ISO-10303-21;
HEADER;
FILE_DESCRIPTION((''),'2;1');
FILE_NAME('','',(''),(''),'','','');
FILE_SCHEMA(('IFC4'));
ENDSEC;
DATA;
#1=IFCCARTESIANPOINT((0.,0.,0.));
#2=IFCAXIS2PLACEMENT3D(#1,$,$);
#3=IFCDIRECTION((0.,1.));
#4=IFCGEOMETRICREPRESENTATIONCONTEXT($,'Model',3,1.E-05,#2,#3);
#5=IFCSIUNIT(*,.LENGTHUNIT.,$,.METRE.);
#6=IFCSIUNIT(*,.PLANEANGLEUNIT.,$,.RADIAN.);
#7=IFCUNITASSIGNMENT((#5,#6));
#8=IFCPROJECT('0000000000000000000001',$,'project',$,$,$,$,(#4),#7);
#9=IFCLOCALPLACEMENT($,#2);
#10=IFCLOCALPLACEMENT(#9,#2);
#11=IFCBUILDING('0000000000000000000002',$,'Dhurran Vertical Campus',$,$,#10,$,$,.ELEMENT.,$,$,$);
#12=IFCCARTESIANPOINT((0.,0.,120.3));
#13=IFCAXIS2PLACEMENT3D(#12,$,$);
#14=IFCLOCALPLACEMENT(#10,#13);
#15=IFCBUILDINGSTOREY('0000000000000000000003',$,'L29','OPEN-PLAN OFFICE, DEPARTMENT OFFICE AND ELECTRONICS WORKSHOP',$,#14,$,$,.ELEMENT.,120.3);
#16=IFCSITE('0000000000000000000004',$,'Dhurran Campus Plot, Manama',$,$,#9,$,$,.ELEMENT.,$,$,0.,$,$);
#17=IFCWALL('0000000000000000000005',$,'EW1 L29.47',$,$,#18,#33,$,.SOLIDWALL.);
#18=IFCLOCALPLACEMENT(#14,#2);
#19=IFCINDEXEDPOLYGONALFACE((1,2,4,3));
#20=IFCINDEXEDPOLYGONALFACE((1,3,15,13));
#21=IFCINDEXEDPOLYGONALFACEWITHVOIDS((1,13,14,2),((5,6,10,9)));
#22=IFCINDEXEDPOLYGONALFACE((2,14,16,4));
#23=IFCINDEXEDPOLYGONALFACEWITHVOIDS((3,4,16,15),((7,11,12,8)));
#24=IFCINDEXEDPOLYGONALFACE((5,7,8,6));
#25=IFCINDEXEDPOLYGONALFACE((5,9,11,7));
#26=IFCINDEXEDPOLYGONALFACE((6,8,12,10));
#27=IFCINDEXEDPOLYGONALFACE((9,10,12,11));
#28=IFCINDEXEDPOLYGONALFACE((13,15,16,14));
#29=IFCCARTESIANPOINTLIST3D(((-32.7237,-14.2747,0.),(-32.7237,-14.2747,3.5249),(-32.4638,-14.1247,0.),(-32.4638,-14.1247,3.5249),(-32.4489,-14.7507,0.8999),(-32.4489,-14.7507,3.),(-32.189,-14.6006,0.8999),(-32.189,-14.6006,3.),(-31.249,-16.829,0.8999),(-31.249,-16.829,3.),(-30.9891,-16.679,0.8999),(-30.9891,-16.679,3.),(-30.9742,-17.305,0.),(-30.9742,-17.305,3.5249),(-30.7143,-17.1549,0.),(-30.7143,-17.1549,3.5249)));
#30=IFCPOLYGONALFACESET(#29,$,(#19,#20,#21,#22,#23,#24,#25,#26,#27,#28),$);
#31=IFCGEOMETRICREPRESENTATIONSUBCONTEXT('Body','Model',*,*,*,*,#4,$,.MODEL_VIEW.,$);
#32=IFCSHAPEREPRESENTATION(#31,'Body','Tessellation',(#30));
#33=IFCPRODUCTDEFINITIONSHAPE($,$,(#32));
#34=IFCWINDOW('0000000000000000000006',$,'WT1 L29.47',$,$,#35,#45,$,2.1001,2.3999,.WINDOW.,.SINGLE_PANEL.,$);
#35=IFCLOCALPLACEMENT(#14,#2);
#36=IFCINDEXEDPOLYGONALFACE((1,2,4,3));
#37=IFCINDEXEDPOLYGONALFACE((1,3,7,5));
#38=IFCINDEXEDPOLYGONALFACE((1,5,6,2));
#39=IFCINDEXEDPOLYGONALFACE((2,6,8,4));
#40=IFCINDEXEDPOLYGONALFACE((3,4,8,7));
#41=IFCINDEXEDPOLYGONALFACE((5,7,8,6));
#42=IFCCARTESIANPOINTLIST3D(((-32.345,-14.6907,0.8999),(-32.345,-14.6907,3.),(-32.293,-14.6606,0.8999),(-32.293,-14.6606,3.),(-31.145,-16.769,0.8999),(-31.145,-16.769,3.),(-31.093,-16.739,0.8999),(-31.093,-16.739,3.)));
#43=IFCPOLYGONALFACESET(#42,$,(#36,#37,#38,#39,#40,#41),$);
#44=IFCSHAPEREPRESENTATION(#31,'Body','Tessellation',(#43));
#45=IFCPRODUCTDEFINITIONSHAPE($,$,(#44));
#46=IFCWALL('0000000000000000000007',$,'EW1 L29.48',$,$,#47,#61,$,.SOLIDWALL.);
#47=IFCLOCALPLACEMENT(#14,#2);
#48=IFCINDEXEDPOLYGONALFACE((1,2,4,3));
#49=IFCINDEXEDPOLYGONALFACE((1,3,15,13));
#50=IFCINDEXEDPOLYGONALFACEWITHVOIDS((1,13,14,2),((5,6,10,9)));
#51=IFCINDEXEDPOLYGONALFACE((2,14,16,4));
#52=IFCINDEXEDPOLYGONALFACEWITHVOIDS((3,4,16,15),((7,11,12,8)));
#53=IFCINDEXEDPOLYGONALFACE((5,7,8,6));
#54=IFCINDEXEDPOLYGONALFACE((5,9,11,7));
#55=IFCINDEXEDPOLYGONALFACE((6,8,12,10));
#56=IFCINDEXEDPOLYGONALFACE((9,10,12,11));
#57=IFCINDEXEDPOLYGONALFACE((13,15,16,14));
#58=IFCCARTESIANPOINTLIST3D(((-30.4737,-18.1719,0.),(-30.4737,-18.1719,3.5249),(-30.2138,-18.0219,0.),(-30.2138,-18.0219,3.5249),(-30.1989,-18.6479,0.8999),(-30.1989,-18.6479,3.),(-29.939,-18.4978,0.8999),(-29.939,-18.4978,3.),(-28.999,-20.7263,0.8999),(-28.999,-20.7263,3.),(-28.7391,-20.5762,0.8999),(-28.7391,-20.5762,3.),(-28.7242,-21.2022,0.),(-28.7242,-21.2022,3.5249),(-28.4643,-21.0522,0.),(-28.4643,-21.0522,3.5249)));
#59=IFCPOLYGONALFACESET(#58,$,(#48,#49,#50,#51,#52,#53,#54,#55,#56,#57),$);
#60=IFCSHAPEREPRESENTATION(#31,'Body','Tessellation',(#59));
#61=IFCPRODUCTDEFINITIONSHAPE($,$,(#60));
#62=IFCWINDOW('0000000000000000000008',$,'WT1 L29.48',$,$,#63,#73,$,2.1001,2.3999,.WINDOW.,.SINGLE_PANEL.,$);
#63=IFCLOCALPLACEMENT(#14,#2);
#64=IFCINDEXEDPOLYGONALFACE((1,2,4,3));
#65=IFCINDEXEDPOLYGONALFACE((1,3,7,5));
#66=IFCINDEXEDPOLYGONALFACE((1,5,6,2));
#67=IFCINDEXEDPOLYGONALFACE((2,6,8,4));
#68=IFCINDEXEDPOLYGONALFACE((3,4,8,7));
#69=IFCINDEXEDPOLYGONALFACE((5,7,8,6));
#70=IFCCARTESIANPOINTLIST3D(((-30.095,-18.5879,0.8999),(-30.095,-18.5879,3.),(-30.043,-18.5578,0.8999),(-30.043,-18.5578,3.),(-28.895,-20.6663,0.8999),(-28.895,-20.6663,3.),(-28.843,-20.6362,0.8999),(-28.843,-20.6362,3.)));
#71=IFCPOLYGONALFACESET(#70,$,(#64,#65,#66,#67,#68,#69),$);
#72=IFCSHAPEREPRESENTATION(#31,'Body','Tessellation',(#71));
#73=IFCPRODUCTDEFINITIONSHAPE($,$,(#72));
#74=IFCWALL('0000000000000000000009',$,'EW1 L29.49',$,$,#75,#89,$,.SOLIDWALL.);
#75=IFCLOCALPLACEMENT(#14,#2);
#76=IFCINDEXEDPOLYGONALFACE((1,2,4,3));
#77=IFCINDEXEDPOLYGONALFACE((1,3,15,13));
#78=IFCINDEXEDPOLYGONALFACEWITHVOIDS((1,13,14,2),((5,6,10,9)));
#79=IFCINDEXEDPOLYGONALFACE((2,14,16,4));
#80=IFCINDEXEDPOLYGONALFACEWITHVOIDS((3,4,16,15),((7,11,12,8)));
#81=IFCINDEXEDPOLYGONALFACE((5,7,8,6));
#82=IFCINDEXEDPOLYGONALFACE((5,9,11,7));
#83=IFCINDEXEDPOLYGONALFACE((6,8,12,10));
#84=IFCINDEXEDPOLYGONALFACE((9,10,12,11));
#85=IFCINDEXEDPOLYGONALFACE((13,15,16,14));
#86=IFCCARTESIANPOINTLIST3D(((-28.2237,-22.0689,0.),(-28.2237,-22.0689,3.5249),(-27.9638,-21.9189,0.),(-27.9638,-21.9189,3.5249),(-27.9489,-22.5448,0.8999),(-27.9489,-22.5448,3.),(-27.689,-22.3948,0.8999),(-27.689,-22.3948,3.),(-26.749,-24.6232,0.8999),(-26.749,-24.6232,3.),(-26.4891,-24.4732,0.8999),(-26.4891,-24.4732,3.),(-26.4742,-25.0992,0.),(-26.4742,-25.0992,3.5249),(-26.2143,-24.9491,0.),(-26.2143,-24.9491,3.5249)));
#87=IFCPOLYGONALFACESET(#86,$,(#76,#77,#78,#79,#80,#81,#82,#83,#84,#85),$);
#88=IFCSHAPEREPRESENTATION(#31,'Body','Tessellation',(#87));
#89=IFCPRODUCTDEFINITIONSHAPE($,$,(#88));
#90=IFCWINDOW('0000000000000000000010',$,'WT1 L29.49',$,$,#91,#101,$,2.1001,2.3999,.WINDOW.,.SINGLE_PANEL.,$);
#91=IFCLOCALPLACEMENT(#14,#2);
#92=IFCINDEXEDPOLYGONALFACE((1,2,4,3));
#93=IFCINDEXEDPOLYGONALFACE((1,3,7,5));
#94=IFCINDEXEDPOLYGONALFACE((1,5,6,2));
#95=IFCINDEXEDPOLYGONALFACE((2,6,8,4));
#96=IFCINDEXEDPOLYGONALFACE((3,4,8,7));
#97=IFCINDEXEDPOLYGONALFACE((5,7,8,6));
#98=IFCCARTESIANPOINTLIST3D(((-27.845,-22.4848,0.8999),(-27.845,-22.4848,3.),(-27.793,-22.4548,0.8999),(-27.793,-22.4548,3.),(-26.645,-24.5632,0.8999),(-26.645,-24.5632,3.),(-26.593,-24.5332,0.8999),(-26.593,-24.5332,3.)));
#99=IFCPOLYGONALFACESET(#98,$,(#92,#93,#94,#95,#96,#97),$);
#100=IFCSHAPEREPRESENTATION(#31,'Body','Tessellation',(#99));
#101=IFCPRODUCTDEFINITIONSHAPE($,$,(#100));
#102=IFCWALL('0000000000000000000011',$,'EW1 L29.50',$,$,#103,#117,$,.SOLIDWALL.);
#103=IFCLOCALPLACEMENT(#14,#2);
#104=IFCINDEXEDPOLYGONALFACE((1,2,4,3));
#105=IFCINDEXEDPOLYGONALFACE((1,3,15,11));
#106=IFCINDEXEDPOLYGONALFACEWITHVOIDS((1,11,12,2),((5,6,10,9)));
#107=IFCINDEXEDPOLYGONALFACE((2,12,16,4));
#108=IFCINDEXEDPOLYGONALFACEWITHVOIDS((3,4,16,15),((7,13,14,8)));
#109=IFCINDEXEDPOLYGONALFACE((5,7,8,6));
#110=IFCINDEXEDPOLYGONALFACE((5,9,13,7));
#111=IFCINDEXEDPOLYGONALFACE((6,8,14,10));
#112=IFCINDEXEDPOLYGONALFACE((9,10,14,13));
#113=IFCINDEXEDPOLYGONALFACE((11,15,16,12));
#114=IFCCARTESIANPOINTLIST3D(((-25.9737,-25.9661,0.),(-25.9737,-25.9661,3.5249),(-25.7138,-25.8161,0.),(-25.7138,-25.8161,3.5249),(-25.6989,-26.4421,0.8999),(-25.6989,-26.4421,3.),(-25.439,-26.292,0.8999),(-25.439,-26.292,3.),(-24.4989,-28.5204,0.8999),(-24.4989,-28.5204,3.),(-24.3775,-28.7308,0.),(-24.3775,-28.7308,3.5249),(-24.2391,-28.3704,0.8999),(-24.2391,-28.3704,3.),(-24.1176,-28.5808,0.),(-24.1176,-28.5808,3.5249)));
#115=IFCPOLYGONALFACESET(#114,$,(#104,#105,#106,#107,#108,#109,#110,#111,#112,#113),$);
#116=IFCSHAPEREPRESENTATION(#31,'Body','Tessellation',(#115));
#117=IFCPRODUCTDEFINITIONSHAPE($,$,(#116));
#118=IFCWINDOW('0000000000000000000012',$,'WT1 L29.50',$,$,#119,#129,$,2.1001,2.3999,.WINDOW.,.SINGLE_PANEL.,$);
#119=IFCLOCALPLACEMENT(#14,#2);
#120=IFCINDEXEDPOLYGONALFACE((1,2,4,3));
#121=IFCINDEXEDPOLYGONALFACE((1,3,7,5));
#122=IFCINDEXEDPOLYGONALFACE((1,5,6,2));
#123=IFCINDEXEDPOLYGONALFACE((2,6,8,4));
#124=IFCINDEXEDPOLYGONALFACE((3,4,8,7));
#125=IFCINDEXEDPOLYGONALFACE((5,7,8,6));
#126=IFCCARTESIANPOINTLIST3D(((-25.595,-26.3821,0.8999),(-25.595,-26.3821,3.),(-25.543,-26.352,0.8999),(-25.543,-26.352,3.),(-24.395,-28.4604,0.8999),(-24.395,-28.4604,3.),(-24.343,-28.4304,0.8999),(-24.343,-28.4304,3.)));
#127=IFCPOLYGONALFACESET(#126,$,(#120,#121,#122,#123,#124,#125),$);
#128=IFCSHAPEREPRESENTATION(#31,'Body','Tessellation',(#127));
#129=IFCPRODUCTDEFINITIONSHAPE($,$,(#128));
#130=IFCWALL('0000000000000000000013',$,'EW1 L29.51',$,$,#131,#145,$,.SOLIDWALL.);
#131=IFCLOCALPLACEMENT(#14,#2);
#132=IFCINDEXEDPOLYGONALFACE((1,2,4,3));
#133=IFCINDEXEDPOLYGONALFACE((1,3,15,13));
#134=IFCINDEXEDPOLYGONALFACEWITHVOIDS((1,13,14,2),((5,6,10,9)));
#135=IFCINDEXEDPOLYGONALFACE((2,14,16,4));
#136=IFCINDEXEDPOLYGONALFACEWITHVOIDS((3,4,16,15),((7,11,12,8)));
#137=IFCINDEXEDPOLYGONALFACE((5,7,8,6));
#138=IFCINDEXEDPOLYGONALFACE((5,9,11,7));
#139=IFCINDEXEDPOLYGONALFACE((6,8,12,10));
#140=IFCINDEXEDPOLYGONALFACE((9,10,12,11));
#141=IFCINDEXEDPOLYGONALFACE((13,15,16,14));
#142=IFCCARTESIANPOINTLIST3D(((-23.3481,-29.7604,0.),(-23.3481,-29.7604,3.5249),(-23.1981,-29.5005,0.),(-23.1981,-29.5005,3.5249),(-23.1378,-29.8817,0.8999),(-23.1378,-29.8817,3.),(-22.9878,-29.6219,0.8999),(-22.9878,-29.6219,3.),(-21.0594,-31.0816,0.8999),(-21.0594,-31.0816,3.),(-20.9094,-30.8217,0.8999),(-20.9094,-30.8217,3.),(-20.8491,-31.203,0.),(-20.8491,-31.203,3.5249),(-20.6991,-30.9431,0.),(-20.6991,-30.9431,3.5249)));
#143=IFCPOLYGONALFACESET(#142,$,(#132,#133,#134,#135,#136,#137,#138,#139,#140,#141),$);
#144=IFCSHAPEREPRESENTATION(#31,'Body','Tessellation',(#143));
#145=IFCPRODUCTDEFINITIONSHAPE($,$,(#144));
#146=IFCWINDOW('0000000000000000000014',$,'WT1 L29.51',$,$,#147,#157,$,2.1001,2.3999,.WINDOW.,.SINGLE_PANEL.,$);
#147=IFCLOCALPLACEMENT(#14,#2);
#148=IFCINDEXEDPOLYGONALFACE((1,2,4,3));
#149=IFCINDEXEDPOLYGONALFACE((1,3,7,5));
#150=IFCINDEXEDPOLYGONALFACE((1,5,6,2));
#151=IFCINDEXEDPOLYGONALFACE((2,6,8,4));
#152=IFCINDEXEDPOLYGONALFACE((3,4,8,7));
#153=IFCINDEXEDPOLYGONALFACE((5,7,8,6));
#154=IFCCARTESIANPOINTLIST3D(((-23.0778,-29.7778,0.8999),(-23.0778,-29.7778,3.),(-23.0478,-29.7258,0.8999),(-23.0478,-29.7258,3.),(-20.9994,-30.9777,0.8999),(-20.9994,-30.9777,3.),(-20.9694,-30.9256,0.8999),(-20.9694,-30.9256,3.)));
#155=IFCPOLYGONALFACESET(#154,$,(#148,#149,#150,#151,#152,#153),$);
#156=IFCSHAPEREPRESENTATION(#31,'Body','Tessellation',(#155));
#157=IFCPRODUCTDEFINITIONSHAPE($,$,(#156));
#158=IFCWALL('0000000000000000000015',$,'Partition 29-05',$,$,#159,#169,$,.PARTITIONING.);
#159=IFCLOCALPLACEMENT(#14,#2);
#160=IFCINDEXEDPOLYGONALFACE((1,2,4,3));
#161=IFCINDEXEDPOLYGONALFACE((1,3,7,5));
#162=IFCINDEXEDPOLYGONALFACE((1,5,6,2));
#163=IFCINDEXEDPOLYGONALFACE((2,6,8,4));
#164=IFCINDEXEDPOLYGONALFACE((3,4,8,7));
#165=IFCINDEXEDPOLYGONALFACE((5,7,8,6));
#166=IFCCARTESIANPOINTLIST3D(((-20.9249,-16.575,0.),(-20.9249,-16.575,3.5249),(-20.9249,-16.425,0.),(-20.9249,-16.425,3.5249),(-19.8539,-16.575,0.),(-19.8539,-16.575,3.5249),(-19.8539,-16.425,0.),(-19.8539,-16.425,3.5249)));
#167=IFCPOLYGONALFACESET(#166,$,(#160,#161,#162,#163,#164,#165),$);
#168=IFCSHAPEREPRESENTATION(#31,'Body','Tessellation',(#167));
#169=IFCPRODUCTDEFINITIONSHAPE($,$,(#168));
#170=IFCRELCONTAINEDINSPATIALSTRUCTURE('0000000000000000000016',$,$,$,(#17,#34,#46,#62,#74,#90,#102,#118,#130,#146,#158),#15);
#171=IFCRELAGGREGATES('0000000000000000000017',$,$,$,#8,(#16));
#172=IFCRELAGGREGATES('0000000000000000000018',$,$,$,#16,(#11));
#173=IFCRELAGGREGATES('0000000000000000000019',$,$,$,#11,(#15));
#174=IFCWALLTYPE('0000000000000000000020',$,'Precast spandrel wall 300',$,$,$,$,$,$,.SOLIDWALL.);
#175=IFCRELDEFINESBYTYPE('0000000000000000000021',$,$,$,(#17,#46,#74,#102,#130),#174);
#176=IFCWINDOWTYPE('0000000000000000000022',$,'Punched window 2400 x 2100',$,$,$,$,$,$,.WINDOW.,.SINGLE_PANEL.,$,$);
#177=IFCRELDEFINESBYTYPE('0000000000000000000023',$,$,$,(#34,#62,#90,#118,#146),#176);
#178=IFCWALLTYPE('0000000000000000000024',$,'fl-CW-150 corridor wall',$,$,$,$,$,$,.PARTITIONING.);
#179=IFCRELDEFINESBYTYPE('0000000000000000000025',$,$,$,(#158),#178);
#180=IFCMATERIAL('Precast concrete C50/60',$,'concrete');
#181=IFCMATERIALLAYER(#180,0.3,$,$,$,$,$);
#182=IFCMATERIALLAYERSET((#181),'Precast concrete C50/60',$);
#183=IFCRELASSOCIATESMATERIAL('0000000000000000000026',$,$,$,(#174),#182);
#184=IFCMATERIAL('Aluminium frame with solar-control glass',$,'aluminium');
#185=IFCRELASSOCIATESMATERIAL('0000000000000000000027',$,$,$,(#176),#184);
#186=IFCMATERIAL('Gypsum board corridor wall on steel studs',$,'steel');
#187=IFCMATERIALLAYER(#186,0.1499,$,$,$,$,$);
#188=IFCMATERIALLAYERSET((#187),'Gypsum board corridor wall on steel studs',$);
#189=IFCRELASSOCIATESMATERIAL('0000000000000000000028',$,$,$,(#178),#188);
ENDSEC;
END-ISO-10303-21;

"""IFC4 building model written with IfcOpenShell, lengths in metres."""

from ifc_helpers import new_model, si_unit, direction, frame, frame_2d, origin, place, context, subcontext, project, spatial, rectangle, extrude, material, layer, layer_set, type_object, element, fill, save


model = new_model("IFC4")

# Units and contexts
model_context = context("Model", 3, precision=1e-05, world=origin(), true_north=direction((0.0, 1.0)))
body_context = subcontext(model_context, "Body", "Model", "MODEL_VIEW")
ifc_project = project(units=[si_unit("LENGTHUNIT", "METRE"), si_unit("PLANEANGLEUNIT", "RADIAN")], contexts=[model_context])

# Site, building, storey
site_placement = place(None, origin())
site = spatial("IfcSite", under=ifc_project, at=site_placement, Name="Dhurran Campus Plot, Manama", CompositionType="ELEMENT", RefElevation=0.0)
building_placement = place(site_placement, origin())
building = spatial("IfcBuilding", under=site, at=building_placement, Name="Dhurran Vertical Campus", CompositionType="ELEMENT")
storey_placement = place(building_placement, frame((0.0, 0.0, 120.3)))
storey = spatial("IfcBuildingStorey", under=building, at=storey_placement, Name="L29", Description="OPEN-PLAN OFFICE, DEPARTMENT OFFICE AND ELECTRONICS WORKSHOP", CompositionType="ELEMENT", Elevation=120.3)

# Walls, openings, windows
ifc_material_1 = material(Name="Precast concrete C50/60", Category="concrete")
ifc_layer_1 = layer(ifc_material_1, 0.3)
ifc_layer_set_1 = layer_set([ifc_layer_1], Name="Precast concrete C50/60")
wall_type_1 = type_object("IfcWallType", Name="Precast spandrel wall 300", PredefinedType="SOLIDWALL", material=ifc_layer_set_1)
ifc_material_2 = material(Name="Aluminium frame with solar-control glass", Category="aluminium")
window_type = type_object("IfcWindowType", Name="Punched window 2400 x 2100", PartitioningType="SINGLE_PANEL", PredefinedType="WINDOW", material=ifc_material_2)
wall_1_placement = place(storey_placement, frame((-32.5938, -14.1997, 0.0), z_axis=(0.0, 0.0, 1.0), x_axis=(0.499996, -0.866028, 0.0)))
wall_1 = element("IfcWall", 1, at=wall_1_placement, inside=storey, type_object=wall_type_1, Name="EW1 L29.47", PredefinedType="SOLIDWALL", context=body_context, shape_type="SweptSolid", body=[
    extrude(rectangle(XDim=3.499, YDim=0.3, at=frame_2d((1.7495, 0.0))), origin(), (0.0, 0.0, 1.0), 3.5249),
])
opening_1_placement = place(wall_1_placement, frame((0.5496, 0.0, 0.8999)))
opening_1 = element("IfcOpeningElement", 2, at=opening_1_placement, cuts=wall_1, PredefinedType="OPENING", context=body_context, shape_type="SweptSolid", body=[
    extrude(rectangle(XDim=2.3999, YDim=2.1001, at=frame_2d((1.2, 1.05))), frame((0.0, 0.1599, 0.0), z_axis=(0.0, -1.0, 0.0), x_axis=(1.0, 0.0, 0.0)), (0.0, 0.0, 1.0), 0.3201),
])
window_1_placement = place(opening_1_placement, origin())
window_1 = element("IfcWindow", 3, at=window_1_placement, inside=storey, type_object=window_type, Name="WT1 L29.47", OverallHeight=2.1001, OverallWidth=2.3999, PartitioningType="SINGLE_PANEL", PredefinedType="WINDOW", context=body_context, shape_type="SweptSolid", body=[
    extrude(rectangle(XDim=2.3999, YDim=2.1001, at=frame_2d((1.2, 1.05))), frame((0.0, 0.03, 0.0), z_axis=(0.0, -1.0, 0.0), x_axis=(1.0, 0.0, 0.0)), (0.0, 0.0, 1.0), 0.0601),
])
fill(opening_1, window_1)
wall_2_placement = place(storey_placement, frame((-30.3438, -18.0969, 0.0), z_axis=(0.0, 0.0, 1.0), x_axis=(0.499996, -0.866028, 0.0)))
wall_2 = element("IfcWall", 4, at=wall_2_placement, inside=storey, type_object=wall_type_1, Name="EW1 L29.48", PredefinedType="SOLIDWALL", context=body_context, shape_type="SweptSolid", body=[
    extrude(rectangle(XDim=3.499, YDim=0.3, at=frame_2d((1.7495, 0.0))), origin(), (0.0, 0.0, 1.0), 3.5249),
])
opening_2_placement = place(wall_2_placement, frame((0.5496, 0.0, 0.8999)))
opening_2 = element("IfcOpeningElement", 5, at=opening_2_placement, cuts=wall_2, PredefinedType="OPENING", context=body_context, shape_type="SweptSolid", body=[
    extrude(rectangle(XDim=2.3999, YDim=2.1001, at=frame_2d((1.2, 1.05))), frame((0.0, 0.1599, 0.0), z_axis=(0.0, -1.0, 0.0), x_axis=(1.0, 0.0, 0.0)), (0.0, 0.0, 1.0), 0.3201),
])
window_2_placement = place(opening_2_placement, origin())
window_2 = element("IfcWindow", 6, at=window_2_placement, inside=storey, type_object=window_type, Name="WT1 L29.48", OverallHeight=2.1001, OverallWidth=2.3999, PartitioningType="SINGLE_PANEL", PredefinedType="WINDOW", context=body_context, shape_type="SweptSolid", body=[
    extrude(rectangle(XDim=2.3999, YDim=2.1001, at=frame_2d((1.2, 1.05))), frame((0.0, 0.03, 0.0), z_axis=(0.0, -1.0, 0.0), x_axis=(1.0, 0.0, 0.0)), (0.0, 0.0, 1.0), 0.0601),
])
fill(opening_2, window_2)
wall_3_placement = place(storey_placement, frame((-28.0938, -21.9939, 0.0), z_axis=(0.0, 0.0, 1.0), x_axis=(0.499996, -0.866028, 0.0)))
wall_3 = element("IfcWall", 7, at=wall_3_placement, inside=storey, type_object=wall_type_1, Name="EW1 L29.49", PredefinedType="SOLIDWALL", context=body_context, shape_type="SweptSolid", body=[
    extrude(rectangle(XDim=3.499, YDim=0.3, at=frame_2d((1.7495, 0.0))), origin(), (0.0, 0.0, 1.0), 3.5249),
])
opening_3_placement = place(wall_3_placement, frame((0.5496, 0.0, 0.8999)))
opening_3 = element("IfcOpeningElement", 8, at=opening_3_placement, cuts=wall_3, PredefinedType="OPENING", context=body_context, shape_type="SweptSolid", body=[
    extrude(rectangle(XDim=2.3999, YDim=2.1001, at=frame_2d((1.2, 1.05))), frame((0.0, 0.1599, 0.0), z_axis=(0.0, -1.0, 0.0), x_axis=(1.0, 0.0, 0.0)), (0.0, 0.0, 1.0), 0.3201),
])
window_3_placement = place(opening_3_placement, origin())
window_3 = element("IfcWindow", 9, at=window_3_placement, inside=storey, type_object=window_type, Name="WT1 L29.49", OverallHeight=2.1001, OverallWidth=2.3999, PartitioningType="SINGLE_PANEL", PredefinedType="WINDOW", context=body_context, shape_type="SweptSolid", body=[
    extrude(rectangle(XDim=2.3999, YDim=2.1001, at=frame_2d((1.2, 1.05))), frame((0.0, 0.03, 0.0), z_axis=(0.0, -1.0, 0.0), x_axis=(1.0, 0.0, 0.0)), (0.0, 0.0, 1.0), 0.0601),
])
fill(opening_3, window_3)
wall_4_placement = place(storey_placement, frame((-25.8438, -25.8911, 0.0), z_axis=(0.0, 0.0, 1.0), x_axis=(0.500005, -0.866023, 0.0)))
wall_4 = element("IfcWall", 10, at=wall_4_placement, inside=storey, type_object=wall_type_1, Name="EW1 L29.50", PredefinedType="SOLIDWALL", context=body_context, shape_type="SweptSolid", body=[
    extrude(rectangle(XDim=3.1924, YDim=0.3, at=frame_2d((1.5962, 0.0))), origin(), (0.0, 0.0, 1.0), 3.5249),
])
opening_4_placement = place(wall_4_placement, frame((0.5496, 0.0, 0.8999)))
opening_4 = element("IfcOpeningElement", 11, at=opening_4_placement, cuts=wall_4, PredefinedType="OPENING", context=body_context, shape_type="SweptSolid", body=[
    extrude(rectangle(XDim=2.3999, YDim=2.1001, at=frame_2d((1.2, 1.05))), frame((0.0, 0.1599, 0.0), z_axis=(0.0, -1.0, 0.0), x_axis=(1.0, 0.0, 0.0)), (0.0, 0.0, 1.0), 0.3201),
])
window_4_placement = place(opening_4_placement, origin())
window_4 = element("IfcWindow", 12, at=window_4_placement, inside=storey, type_object=window_type, Name="WT1 L29.50", OverallHeight=2.1001, OverallWidth=2.3999, PartitioningType="SINGLE_PANEL", PredefinedType="WINDOW", context=body_context, shape_type="SweptSolid", body=[
    extrude(rectangle(XDim=2.3999, YDim=2.1001, at=frame_2d((1.2, 1.05))), frame((0.0, 0.03, 0.0), z_axis=(0.0, -1.0, 0.0), x_axis=(1.0, 0.0, 0.0)), (0.0, 0.0, 1.0), 0.0601),
])
fill(opening_4, window_4)
wall_5_placement = place(storey_placement, frame((-23.2732, -29.6304, 0.0), z_axis=(0.0, 0.0, 1.0), x_axis=(0.866053, -0.499952, 0.0)))
wall_5 = element("IfcWall", 13, at=wall_5_placement, inside=storey, type_object=wall_type_1, Name="EW1 L29.51", PredefinedType="SOLIDWALL", context=body_context, shape_type="SweptSolid", body=[
    extrude(rectangle(XDim=2.8855, YDim=0.3, at=frame_2d((1.4429, 0.0))), origin(), (0.0, 0.0, 1.0), 3.5249),
])
opening_5_placement = place(wall_5_placement, frame((0.2429, 0.0, 0.8999)))
opening_5 = element("IfcOpeningElement", 14, at=opening_5_placement, cuts=wall_5, PredefinedType="OPENING", context=body_context, shape_type="SweptSolid", body=[
    extrude(rectangle(XDim=2.3999, YDim=2.1001, at=frame_2d((1.2, 1.05))), frame((0.0, 0.1599, 0.0), z_axis=(0.0, -1.0, 0.0), x_axis=(1.0, 0.0, 0.0)), (0.0, 0.0, 1.0), 0.3201),
])
window_5_placement = place(opening_5_placement, origin())
window_5 = element("IfcWindow", 15, at=window_5_placement, inside=storey, type_object=window_type, Name="WT1 L29.51", OverallHeight=2.1001, OverallWidth=2.3999, PartitioningType="SINGLE_PANEL", PredefinedType="WINDOW", context=body_context, shape_type="SweptSolid", body=[
    extrude(rectangle(XDim=2.3999, YDim=2.1001, at=frame_2d((1.2, 1.05))), frame((0.0, 0.03, 0.0), z_axis=(0.0, -1.0, 0.0), x_axis=(1.0, 0.0, 0.0)), (0.0, 0.0, 1.0), 0.0601),
])
fill(opening_5, window_5)

# Wall
ifc_material_3 = material(Name="Gypsum board corridor wall on steel studs", Category="steel")
ifc_layer_2 = layer(ifc_material_3, 0.1499)
ifc_layer_set_2 = layer_set([ifc_layer_2], Name="Gypsum board corridor wall on steel studs")
wall_type_2 = type_object("IfcWallType", Name="fl-CW-150 corridor wall", PredefinedType="PARTITIONING", material=ifc_layer_set_2)
wall_6_placement = place(storey_placement, frame((-20.925, -16.5, 0.0), z_axis=(0.0, 0.0, 1.0), x_axis=(1.0, 0.0, 0.0)))
element("IfcWall", 16, at=wall_6_placement, inside=storey, type_object=wall_type_2, Name="Partition 29-05", PredefinedType="PARTITIONING", context=body_context, shape_type="SweptSolid", body=[
    extrude(rectangle(XDim=1.071, YDim=0.1499, at=frame_2d((0.5356, 0.0))), origin(), (0.0, 0.0, 1.0), 3.5249),
])

save(model, "model.ifc")
